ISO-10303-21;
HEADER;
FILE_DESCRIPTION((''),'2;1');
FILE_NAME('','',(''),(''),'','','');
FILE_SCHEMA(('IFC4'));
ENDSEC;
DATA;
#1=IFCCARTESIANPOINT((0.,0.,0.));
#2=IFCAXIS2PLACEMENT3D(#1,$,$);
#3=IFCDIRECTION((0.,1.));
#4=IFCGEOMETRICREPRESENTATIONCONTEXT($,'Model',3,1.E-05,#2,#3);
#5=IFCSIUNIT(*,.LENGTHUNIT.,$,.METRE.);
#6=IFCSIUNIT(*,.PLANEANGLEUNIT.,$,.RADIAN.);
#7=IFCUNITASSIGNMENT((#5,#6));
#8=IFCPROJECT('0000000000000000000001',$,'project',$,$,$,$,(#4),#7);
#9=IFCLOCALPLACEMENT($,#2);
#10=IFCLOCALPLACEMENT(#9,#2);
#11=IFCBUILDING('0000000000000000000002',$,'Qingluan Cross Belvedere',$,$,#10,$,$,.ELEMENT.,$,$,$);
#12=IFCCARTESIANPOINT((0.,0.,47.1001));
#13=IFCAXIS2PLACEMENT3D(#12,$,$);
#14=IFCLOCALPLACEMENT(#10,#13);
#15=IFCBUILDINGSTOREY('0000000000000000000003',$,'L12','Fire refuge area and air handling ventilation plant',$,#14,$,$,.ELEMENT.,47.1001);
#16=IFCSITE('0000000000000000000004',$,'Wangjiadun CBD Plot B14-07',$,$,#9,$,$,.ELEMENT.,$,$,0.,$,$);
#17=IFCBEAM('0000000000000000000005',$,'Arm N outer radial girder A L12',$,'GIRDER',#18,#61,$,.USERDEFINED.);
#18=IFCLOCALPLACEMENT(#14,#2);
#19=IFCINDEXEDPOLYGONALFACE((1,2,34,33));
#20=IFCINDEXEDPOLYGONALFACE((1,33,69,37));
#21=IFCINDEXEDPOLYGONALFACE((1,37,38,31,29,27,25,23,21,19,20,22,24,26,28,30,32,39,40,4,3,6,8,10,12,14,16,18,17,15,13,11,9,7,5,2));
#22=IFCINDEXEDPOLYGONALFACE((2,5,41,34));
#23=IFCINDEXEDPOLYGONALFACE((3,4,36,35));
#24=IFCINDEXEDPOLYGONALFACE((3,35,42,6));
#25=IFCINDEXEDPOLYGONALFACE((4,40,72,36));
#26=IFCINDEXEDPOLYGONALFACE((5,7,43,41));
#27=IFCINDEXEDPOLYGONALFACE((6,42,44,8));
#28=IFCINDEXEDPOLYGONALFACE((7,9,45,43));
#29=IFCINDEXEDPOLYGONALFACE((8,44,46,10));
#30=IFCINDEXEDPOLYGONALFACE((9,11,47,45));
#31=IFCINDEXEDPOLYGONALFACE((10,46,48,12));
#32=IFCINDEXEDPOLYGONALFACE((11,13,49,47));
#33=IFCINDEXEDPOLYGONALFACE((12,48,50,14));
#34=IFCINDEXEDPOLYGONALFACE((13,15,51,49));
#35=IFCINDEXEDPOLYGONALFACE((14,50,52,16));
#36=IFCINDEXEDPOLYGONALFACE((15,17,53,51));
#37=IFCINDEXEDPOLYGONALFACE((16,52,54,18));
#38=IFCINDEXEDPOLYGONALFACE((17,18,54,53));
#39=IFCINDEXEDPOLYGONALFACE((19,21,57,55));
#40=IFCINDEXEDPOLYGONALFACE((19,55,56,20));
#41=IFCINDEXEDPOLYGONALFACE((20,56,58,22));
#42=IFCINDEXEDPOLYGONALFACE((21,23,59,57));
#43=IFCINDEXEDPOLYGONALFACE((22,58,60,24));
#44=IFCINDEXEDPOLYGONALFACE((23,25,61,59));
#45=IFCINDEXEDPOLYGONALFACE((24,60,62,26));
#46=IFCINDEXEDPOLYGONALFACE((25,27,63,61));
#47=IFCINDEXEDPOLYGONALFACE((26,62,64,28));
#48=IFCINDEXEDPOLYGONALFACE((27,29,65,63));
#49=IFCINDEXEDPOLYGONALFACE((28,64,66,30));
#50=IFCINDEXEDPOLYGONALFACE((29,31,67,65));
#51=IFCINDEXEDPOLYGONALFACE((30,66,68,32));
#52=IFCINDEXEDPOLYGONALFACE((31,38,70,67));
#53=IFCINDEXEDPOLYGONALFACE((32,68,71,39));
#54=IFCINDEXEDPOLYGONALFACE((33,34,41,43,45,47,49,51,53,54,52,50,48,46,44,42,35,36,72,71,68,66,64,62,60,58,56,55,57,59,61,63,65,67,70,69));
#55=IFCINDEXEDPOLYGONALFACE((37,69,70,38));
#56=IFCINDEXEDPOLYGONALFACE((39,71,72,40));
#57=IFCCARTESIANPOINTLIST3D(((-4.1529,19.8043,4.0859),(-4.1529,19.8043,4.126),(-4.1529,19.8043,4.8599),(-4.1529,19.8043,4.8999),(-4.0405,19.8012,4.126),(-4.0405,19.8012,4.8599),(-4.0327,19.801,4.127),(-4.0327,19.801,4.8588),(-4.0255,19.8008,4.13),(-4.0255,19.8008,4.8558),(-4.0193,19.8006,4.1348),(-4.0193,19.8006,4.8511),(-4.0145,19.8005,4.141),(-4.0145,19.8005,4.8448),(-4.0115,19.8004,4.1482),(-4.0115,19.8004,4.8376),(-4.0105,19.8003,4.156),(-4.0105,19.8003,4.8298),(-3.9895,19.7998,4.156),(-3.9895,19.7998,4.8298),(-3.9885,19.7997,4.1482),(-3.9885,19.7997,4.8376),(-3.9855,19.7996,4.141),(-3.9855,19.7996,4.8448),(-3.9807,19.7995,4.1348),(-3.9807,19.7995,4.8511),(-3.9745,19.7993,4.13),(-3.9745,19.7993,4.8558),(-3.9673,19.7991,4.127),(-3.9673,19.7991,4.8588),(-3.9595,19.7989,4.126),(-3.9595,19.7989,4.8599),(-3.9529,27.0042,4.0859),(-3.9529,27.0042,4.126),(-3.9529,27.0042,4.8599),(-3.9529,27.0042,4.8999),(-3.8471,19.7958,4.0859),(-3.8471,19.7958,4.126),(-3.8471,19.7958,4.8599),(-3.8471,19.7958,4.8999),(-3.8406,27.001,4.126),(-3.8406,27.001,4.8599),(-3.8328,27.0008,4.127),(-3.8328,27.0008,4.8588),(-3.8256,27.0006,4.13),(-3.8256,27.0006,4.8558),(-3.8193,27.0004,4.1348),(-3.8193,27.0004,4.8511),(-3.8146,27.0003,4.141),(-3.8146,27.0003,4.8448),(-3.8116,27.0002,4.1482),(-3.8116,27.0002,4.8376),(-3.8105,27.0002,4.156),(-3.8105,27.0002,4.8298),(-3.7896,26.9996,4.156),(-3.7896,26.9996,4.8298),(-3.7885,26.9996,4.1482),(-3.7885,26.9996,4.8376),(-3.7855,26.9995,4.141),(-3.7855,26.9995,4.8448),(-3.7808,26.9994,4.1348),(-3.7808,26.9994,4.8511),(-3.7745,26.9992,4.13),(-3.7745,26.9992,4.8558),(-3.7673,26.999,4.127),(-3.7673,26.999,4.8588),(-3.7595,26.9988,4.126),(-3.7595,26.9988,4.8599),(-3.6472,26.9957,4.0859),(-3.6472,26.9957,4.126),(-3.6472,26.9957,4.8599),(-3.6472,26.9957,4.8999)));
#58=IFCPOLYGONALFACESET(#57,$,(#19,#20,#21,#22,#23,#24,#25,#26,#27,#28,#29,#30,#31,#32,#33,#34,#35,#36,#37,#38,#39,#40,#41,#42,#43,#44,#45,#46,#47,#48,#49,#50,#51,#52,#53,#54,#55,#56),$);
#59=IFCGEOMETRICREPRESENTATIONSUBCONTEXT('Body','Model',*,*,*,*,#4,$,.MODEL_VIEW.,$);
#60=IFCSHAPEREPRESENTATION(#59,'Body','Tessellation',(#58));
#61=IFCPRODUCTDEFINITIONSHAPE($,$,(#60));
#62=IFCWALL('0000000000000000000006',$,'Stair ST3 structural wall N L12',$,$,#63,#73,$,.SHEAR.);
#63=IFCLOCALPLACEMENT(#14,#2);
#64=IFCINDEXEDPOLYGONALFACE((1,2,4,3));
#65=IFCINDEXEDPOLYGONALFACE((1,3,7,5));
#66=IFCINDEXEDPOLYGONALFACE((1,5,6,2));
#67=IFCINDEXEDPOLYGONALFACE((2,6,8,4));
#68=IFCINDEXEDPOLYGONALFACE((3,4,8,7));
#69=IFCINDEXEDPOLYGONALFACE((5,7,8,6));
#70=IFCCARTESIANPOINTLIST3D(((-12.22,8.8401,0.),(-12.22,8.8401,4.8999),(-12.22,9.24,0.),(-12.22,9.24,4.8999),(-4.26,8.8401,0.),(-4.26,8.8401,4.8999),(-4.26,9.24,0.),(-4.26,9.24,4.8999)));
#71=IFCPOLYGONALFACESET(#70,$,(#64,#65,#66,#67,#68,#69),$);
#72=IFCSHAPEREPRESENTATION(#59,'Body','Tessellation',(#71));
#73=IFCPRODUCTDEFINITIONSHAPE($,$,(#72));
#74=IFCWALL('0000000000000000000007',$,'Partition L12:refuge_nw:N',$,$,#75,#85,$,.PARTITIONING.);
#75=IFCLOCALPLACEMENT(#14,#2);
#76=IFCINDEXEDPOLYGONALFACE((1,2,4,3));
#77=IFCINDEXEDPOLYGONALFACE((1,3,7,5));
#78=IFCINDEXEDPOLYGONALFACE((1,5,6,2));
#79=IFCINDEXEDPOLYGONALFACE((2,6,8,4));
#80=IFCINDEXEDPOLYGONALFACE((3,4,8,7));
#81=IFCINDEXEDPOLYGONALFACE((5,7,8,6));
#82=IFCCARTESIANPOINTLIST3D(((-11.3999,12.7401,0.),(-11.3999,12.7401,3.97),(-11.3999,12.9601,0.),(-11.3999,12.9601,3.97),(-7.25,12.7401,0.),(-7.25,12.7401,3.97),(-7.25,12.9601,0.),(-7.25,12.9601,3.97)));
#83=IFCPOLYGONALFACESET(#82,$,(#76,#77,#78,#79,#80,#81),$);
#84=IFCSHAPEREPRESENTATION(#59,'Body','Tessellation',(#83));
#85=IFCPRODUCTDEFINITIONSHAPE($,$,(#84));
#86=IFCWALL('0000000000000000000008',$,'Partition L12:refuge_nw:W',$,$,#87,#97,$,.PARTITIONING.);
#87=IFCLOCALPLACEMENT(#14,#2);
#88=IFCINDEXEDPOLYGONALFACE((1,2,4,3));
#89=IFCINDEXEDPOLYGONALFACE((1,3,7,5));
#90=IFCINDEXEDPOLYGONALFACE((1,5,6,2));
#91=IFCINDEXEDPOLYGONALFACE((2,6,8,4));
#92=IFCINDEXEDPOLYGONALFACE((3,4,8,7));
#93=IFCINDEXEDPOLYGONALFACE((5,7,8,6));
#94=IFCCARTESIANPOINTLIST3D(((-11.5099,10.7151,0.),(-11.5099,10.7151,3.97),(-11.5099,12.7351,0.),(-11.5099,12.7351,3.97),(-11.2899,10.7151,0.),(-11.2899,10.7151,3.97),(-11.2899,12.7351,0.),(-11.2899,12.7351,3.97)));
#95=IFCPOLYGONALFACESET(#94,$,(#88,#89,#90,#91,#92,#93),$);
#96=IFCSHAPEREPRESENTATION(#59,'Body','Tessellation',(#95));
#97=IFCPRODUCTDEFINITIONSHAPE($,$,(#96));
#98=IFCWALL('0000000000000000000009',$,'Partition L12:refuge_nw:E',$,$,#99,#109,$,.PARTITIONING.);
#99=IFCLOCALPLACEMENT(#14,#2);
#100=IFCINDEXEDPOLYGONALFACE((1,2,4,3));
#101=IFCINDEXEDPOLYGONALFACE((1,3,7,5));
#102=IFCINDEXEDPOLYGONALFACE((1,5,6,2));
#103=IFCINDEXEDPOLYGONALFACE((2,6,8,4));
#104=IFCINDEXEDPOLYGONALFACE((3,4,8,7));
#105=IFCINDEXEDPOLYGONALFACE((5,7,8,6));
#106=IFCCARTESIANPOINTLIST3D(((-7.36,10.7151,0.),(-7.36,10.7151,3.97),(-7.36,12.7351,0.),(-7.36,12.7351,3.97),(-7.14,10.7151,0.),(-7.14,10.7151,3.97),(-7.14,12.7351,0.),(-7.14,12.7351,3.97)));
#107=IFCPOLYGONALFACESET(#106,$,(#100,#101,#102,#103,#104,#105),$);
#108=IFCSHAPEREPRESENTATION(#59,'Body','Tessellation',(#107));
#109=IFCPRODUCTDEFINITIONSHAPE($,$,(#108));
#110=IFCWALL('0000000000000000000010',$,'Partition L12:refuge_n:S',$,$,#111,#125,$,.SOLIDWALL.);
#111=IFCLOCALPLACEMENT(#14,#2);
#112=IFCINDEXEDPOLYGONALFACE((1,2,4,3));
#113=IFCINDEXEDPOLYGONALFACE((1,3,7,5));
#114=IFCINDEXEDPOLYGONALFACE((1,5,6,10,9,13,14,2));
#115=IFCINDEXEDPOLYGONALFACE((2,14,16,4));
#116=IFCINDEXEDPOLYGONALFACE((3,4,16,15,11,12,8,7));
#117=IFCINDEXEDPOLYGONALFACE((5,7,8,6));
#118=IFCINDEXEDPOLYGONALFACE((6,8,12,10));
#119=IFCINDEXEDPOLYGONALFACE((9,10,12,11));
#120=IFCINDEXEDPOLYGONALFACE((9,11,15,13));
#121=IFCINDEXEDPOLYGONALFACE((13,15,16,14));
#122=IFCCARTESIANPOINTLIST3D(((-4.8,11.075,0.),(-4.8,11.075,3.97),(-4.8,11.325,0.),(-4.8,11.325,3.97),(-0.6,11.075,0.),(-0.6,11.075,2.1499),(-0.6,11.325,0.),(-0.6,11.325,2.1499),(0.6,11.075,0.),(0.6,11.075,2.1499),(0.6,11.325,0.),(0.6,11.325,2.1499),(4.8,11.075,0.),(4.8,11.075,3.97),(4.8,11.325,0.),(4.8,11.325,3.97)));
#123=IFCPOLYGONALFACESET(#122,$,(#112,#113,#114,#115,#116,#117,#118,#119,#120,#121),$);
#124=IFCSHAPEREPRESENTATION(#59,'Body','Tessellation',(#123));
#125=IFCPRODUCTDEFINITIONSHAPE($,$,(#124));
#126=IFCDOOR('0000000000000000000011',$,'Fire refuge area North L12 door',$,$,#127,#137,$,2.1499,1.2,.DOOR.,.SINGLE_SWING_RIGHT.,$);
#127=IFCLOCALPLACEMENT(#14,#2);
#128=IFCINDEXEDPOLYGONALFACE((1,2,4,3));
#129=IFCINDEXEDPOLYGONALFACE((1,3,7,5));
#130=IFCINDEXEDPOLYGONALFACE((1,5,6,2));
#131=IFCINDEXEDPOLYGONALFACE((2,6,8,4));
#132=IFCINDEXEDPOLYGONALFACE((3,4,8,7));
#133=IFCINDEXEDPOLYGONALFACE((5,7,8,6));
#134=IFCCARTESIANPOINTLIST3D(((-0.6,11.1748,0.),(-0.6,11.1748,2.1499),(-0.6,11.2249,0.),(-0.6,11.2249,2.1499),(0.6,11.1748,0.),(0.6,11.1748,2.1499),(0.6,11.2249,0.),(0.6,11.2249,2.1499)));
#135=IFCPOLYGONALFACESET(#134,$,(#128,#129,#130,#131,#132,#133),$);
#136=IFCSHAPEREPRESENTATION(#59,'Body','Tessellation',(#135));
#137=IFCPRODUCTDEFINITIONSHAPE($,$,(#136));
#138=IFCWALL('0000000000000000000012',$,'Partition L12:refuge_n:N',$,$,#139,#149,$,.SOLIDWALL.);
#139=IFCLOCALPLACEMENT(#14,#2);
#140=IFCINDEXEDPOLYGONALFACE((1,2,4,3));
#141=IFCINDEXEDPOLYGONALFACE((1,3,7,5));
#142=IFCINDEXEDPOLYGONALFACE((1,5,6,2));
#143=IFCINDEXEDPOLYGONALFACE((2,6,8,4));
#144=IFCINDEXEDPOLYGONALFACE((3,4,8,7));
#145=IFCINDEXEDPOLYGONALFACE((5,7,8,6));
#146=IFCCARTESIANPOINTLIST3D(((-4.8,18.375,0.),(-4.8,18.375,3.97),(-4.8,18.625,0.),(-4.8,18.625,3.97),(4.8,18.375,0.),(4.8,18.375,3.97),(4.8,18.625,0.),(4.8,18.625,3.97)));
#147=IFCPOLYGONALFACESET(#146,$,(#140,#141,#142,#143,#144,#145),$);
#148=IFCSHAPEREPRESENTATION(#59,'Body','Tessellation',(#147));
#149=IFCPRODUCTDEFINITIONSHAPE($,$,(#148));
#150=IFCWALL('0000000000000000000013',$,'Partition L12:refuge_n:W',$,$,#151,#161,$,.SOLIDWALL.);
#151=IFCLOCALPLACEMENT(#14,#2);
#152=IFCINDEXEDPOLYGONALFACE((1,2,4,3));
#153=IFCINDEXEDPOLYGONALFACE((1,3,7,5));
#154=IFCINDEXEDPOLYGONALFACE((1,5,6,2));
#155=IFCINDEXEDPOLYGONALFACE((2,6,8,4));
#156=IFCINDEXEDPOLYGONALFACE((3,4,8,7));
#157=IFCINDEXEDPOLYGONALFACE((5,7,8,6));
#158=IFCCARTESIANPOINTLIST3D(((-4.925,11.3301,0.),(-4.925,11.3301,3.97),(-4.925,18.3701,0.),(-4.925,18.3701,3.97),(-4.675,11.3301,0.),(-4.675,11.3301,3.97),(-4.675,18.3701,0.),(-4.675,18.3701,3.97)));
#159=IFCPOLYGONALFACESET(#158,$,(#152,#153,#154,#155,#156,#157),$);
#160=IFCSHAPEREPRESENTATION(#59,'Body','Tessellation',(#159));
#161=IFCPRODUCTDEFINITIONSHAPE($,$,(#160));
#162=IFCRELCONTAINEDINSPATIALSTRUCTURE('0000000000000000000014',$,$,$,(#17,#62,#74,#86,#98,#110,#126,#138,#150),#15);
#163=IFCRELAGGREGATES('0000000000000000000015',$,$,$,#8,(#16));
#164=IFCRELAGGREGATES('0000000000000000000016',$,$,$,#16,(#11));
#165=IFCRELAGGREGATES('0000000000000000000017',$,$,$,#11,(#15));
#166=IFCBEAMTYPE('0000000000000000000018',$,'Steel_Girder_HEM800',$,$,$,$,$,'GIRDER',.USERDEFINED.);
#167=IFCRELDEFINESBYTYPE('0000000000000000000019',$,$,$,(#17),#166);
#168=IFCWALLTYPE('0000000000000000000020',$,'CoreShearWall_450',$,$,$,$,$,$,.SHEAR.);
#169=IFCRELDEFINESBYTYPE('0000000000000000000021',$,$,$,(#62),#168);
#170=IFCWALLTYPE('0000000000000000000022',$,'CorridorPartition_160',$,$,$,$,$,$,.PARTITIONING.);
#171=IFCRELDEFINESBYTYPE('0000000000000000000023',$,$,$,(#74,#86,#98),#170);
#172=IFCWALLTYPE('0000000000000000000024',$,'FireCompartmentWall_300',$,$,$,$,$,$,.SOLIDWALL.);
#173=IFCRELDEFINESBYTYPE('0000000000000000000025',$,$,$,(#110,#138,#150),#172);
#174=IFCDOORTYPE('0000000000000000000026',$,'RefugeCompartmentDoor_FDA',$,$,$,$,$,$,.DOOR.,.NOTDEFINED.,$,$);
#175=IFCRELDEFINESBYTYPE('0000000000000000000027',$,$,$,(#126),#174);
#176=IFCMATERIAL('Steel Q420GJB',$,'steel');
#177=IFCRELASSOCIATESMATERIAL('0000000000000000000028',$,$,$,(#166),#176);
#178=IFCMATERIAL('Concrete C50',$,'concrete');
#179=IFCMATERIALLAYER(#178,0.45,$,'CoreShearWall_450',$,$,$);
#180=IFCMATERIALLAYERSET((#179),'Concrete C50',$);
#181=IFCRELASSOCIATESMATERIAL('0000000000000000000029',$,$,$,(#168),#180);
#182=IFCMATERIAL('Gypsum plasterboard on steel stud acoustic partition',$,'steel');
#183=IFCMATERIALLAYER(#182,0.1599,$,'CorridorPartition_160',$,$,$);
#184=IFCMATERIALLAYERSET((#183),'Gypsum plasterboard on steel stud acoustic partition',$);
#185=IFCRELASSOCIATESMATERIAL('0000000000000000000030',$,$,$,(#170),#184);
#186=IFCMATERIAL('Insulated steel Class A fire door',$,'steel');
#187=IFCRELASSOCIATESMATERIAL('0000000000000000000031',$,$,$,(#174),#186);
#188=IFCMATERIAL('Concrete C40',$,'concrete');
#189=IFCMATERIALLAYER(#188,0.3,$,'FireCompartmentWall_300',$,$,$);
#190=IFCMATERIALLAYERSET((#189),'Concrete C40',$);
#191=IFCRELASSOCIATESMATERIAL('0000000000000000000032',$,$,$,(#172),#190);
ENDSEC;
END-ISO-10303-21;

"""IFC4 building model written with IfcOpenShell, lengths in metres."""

from ifc_helpers import new_model, si_unit, direction, frame, frame_2d, origin, origin_2d, place, context, subcontext, project, spatial, rectangle, i_section, extrude, material, layer, layer_set, material_profile, profile_set, type_object, element, fill, save


model = new_model("IFC4")

# Units and contexts
model_context = context("Model", 3, precision=1e-05, world=origin(), true_north=direction((0.0, 1.0)))
body_context = subcontext(model_context, "Body", "Model", "MODEL_VIEW")
ifc_project = project(units=[si_unit("LENGTHUNIT", "METRE"), si_unit("PLANEANGLEUNIT", "RADIAN")], contexts=[model_context])

# Site, building, storey
site_placement = place(None, origin())
site = spatial("IfcSite", under=ifc_project, at=site_placement, Name="Wangjiadun CBD Plot B14-07", CompositionType="ELEMENT", RefElevation=0.0)
building_placement = place(site_placement, origin())
building = spatial("IfcBuilding", under=site, at=building_placement, Name="Qingluan Cross Belvedere", CompositionType="ELEMENT")
storey_placement = place(building_placement, frame((0.0, 0.0, 47.1001)))
storey = spatial("IfcBuildingStorey", under=building, at=storey_placement, Name="L12", Description="Fire refuge area and air handling ventilation plant", CompositionType="ELEMENT", Elevation=47.1001)

# Beam
ifc_material_1 = material(Name="Steel Q420GJB", Category="steel")
ifc_material_profile_1 = material_profile(ifc_material_1, i_section(OverallWidth=0.3059, OverallDepth=0.814, WebThickness=0.021, FlangeThickness=0.04, FilletRadius=0.03, at=origin_2d()), Name="HEM800")
ifc_profile_set_1 = profile_set([ifc_material_profile_1], Name="Steel Q420GJB")
beam_type_1 = type_object("IfcBeamType", Name="Steel_Girder_HEM800", ElementType="GIRDER", PredefinedType="USERDEFINED", material=ifc_profile_set_1)
beam_1_placement = place(storey_placement, frame((-4.0, 19.8, 4.4929), z_axis=(0.02776, 0.999615, 0.0), x_axis=(-0.999615, 0.02776, 0.0)))
element("IfcBeam", 1, at=beam_1_placement, inside=storey, type_object=beam_type_1, Name="Arm N outer radial girder A L12", ObjectType="GIRDER", PredefinedType="USERDEFINED", context=body_context, shape_type="SweptSolid", body=[
    extrude(i_section(OverallWidth=0.3059, OverallDepth=0.814, WebThickness=0.021, FlangeThickness=0.04, FilletRadius=0.03, at=origin_2d()), origin(), (0.0, 0.0, 1.0), 7.2026),
])

# Wall
ifc_material_2 = material(Name="Concrete C50", Category="concrete")
ifc_layer_1 = layer(ifc_material_2, 0.45, Name="CoreShearWall_450")
ifc_layer_set_1 = layer_set([ifc_layer_1], Name="Concrete C50")
wall_type_1 = type_object("IfcWallType", Name="CoreShearWall_450", PredefinedType="SHEAR", material=ifc_layer_set_1)
wall_1_placement = place(storey_placement, frame((-12.22, 9.04, 0.0), z_axis=(0.0, 0.0, 1.0), x_axis=(1.0, 0.0, 0.0)))
element("IfcWall", 2, at=wall_1_placement, inside=storey, type_object=wall_type_1, Name="Stair ST3 structural wall N L12", PredefinedType="SHEAR", context=body_context, shape_type="SweptSolid", body=[
    extrude(rectangle(XDim=7.96, YDim=0.3999, at=frame_2d((3.98, 0.0))), origin(), (0.0, 0.0, 1.0), 4.8999),
])

# Shared definitions
ifc_material_3 = material(Name="Gypsum plasterboard on steel stud acoustic partition", Category="steel")
ifc_layer_2 = layer(ifc_material_3, 0.1599, Name="CorridorPartition_160")
ifc_layer_set_2 = layer_set([ifc_layer_2], Name="Gypsum plasterboard on steel stud acoustic partition")
wall_type_2 = type_object("IfcWallType", Name="CorridorPartition_160", PredefinedType="PARTITIONING", material=ifc_layer_set_2)
ifc_material_4 = material(Name="Insulated steel Class A fire door", Category="steel")
door_type = type_object("IfcDoorType", Name="RefugeCompartmentDoor_FDA", OperationType="NOTDEFINED", PredefinedType="DOOR", material=ifc_material_4)

# Walls
wall_2_placement = place(storey_placement, frame((-11.3999, 12.8501, 0.0), z_axis=(0.0, 0.0, 1.0), x_axis=(1.0, 0.0, 0.0)))
element("IfcWall", 3, at=wall_2_placement, inside=storey, type_object=wall_type_2, Name="Partition L12:refuge_nw:N", PredefinedType="PARTITIONING", context=body_context, shape_type="SweptSolid", body=[
    extrude(rectangle(XDim=4.1499, YDim=0.22, at=frame_2d((2.075, 0.0))), origin(), (0.0, 0.0, 1.0), 3.97),
])
for number, where, z_axis, x_axis, name in (
    (4, (-11.3999, 10.7151, 0.0), (0.0, 0.0, 1.0), (0.0, 1.0, 0.0), "Partition L12:refuge_nw:W"),
    (5, (-7.25, 10.7151, 0.0), (0.0, 0.0, 1.0), (0.0, 1.0, 0.0), "Partition L12:refuge_nw:E"),
):
    element("IfcWall", number, at=place(storey_placement, frame(where, z_axis=z_axis, x_axis=x_axis)), inside=storey, type_object=wall_type_2, Name=name, PredefinedType="PARTITIONING", context=body_context, shape_type="SweptSolid", body=[
        extrude(rectangle(XDim=2.02, YDim=0.22, at=frame_2d((1.01, 0.0))), origin(), (0.0, 0.0, 1.0), 3.97),
    ])

# Wall, opening, door
ifc_material_5 = material(Name="Concrete C40", Category="concrete")
ifc_layer_3 = layer(ifc_material_5, 0.3, Name="FireCompartmentWall_300")
ifc_layer_set_3 = layer_set([ifc_layer_3], Name="Concrete C40")
wall_type_3 = type_object("IfcWallType", Name="FireCompartmentWall_300", PredefinedType="SOLIDWALL", material=ifc_layer_set_3)
wall_3_placement = place(storey_placement, frame((-4.8, 11.2, 0.0), z_axis=(0.0, 0.0, 1.0), x_axis=(1.0, 0.0, 0.0)))
wall_3 = element("IfcWall", 6, at=wall_3_placement, inside=storey, type_object=wall_type_3, Name="Partition L12:refuge_n:S", PredefinedType="SOLIDWALL", context=body_context, shape_type="SweptSolid", body=[
    extrude(rectangle(XDim=9.6001, YDim=0.25, at=frame_2d((4.8, 0.0))), origin(), (0.0, 0.0, 1.0), 3.97),
])
opening_1_placement = place(wall_3_placement, frame((4.2, 0.0, 0.0)))
opening_1 = element("IfcOpeningElement", 7, at=opening_1_placement, cuts=wall_3, PredefinedType="OPENING", context=body_context, shape_type="SweptSolid", body=[
    extrude(rectangle(XDim=1.2, YDim=2.1499, at=frame_2d((0.6001, 1.075))), frame((0.0, 0.135, 0.0), z_axis=(0.0, -1.0, 0.0), x_axis=(1.0, 0.0, 0.0)), (0.0, 0.0, 1.0), 0.27),
])
door_1_placement = place(opening_1_placement, origin())
door_1 = element("IfcDoor", 8, at=door_1_placement, inside=storey, type_object=door_type, Name="Fire refuge area North L12 door", OperationType="SINGLE_SWING_RIGHT", OverallHeight=2.1499, OverallWidth=1.2, PredefinedType="DOOR", context=body_context, shape_type="SweptSolid", body=[
    extrude(rectangle(XDim=1.2, YDim=2.1499, at=frame_2d((0.6001, 1.075))), frame((0.0, 0.0249, 0.0), z_axis=(0.0, -1.0, 0.0), x_axis=(1.0, 0.0, 0.0)), (0.0, 0.0, 1.0), 0.05),
])
fill(opening_1, door_1)

# Walls
wall_4_placement = place(storey_placement, frame((-4.8, 18.5, 0.0), z_axis=(0.0, 0.0, 1.0), x_axis=(1.0, 0.0, 0.0)))
element("IfcWall", 9, at=wall_4_placement, inside=storey, type_object=wall_type_3, Name="Partition L12:refuge_n:N", PredefinedType="SOLIDWALL", context=body_context, shape_type="SweptSolid", body=[
    extrude(rectangle(XDim=9.6001, YDim=0.25, at=frame_2d((4.8, 0.0))), origin(), (0.0, 0.0, 1.0), 3.97),
])
wall_5_placement = place(storey_placement, frame((-4.8, 11.3301, 0.0), z_axis=(0.0, 0.0, 1.0), x_axis=(0.0, 1.0, 0.0)))
element("IfcWall", 10, at=wall_5_placement, inside=storey, type_object=wall_type_3, Name="Partition L12:refuge_n:W", PredefinedType="SOLIDWALL", context=body_context, shape_type="SweptSolid", body=[
    extrude(rectangle(XDim=7.04, YDim=0.25, at=frame_2d((3.52, 0.0))), origin(), (0.0, 0.0, 1.0), 3.97),
])

save(model, "model.ifc")
